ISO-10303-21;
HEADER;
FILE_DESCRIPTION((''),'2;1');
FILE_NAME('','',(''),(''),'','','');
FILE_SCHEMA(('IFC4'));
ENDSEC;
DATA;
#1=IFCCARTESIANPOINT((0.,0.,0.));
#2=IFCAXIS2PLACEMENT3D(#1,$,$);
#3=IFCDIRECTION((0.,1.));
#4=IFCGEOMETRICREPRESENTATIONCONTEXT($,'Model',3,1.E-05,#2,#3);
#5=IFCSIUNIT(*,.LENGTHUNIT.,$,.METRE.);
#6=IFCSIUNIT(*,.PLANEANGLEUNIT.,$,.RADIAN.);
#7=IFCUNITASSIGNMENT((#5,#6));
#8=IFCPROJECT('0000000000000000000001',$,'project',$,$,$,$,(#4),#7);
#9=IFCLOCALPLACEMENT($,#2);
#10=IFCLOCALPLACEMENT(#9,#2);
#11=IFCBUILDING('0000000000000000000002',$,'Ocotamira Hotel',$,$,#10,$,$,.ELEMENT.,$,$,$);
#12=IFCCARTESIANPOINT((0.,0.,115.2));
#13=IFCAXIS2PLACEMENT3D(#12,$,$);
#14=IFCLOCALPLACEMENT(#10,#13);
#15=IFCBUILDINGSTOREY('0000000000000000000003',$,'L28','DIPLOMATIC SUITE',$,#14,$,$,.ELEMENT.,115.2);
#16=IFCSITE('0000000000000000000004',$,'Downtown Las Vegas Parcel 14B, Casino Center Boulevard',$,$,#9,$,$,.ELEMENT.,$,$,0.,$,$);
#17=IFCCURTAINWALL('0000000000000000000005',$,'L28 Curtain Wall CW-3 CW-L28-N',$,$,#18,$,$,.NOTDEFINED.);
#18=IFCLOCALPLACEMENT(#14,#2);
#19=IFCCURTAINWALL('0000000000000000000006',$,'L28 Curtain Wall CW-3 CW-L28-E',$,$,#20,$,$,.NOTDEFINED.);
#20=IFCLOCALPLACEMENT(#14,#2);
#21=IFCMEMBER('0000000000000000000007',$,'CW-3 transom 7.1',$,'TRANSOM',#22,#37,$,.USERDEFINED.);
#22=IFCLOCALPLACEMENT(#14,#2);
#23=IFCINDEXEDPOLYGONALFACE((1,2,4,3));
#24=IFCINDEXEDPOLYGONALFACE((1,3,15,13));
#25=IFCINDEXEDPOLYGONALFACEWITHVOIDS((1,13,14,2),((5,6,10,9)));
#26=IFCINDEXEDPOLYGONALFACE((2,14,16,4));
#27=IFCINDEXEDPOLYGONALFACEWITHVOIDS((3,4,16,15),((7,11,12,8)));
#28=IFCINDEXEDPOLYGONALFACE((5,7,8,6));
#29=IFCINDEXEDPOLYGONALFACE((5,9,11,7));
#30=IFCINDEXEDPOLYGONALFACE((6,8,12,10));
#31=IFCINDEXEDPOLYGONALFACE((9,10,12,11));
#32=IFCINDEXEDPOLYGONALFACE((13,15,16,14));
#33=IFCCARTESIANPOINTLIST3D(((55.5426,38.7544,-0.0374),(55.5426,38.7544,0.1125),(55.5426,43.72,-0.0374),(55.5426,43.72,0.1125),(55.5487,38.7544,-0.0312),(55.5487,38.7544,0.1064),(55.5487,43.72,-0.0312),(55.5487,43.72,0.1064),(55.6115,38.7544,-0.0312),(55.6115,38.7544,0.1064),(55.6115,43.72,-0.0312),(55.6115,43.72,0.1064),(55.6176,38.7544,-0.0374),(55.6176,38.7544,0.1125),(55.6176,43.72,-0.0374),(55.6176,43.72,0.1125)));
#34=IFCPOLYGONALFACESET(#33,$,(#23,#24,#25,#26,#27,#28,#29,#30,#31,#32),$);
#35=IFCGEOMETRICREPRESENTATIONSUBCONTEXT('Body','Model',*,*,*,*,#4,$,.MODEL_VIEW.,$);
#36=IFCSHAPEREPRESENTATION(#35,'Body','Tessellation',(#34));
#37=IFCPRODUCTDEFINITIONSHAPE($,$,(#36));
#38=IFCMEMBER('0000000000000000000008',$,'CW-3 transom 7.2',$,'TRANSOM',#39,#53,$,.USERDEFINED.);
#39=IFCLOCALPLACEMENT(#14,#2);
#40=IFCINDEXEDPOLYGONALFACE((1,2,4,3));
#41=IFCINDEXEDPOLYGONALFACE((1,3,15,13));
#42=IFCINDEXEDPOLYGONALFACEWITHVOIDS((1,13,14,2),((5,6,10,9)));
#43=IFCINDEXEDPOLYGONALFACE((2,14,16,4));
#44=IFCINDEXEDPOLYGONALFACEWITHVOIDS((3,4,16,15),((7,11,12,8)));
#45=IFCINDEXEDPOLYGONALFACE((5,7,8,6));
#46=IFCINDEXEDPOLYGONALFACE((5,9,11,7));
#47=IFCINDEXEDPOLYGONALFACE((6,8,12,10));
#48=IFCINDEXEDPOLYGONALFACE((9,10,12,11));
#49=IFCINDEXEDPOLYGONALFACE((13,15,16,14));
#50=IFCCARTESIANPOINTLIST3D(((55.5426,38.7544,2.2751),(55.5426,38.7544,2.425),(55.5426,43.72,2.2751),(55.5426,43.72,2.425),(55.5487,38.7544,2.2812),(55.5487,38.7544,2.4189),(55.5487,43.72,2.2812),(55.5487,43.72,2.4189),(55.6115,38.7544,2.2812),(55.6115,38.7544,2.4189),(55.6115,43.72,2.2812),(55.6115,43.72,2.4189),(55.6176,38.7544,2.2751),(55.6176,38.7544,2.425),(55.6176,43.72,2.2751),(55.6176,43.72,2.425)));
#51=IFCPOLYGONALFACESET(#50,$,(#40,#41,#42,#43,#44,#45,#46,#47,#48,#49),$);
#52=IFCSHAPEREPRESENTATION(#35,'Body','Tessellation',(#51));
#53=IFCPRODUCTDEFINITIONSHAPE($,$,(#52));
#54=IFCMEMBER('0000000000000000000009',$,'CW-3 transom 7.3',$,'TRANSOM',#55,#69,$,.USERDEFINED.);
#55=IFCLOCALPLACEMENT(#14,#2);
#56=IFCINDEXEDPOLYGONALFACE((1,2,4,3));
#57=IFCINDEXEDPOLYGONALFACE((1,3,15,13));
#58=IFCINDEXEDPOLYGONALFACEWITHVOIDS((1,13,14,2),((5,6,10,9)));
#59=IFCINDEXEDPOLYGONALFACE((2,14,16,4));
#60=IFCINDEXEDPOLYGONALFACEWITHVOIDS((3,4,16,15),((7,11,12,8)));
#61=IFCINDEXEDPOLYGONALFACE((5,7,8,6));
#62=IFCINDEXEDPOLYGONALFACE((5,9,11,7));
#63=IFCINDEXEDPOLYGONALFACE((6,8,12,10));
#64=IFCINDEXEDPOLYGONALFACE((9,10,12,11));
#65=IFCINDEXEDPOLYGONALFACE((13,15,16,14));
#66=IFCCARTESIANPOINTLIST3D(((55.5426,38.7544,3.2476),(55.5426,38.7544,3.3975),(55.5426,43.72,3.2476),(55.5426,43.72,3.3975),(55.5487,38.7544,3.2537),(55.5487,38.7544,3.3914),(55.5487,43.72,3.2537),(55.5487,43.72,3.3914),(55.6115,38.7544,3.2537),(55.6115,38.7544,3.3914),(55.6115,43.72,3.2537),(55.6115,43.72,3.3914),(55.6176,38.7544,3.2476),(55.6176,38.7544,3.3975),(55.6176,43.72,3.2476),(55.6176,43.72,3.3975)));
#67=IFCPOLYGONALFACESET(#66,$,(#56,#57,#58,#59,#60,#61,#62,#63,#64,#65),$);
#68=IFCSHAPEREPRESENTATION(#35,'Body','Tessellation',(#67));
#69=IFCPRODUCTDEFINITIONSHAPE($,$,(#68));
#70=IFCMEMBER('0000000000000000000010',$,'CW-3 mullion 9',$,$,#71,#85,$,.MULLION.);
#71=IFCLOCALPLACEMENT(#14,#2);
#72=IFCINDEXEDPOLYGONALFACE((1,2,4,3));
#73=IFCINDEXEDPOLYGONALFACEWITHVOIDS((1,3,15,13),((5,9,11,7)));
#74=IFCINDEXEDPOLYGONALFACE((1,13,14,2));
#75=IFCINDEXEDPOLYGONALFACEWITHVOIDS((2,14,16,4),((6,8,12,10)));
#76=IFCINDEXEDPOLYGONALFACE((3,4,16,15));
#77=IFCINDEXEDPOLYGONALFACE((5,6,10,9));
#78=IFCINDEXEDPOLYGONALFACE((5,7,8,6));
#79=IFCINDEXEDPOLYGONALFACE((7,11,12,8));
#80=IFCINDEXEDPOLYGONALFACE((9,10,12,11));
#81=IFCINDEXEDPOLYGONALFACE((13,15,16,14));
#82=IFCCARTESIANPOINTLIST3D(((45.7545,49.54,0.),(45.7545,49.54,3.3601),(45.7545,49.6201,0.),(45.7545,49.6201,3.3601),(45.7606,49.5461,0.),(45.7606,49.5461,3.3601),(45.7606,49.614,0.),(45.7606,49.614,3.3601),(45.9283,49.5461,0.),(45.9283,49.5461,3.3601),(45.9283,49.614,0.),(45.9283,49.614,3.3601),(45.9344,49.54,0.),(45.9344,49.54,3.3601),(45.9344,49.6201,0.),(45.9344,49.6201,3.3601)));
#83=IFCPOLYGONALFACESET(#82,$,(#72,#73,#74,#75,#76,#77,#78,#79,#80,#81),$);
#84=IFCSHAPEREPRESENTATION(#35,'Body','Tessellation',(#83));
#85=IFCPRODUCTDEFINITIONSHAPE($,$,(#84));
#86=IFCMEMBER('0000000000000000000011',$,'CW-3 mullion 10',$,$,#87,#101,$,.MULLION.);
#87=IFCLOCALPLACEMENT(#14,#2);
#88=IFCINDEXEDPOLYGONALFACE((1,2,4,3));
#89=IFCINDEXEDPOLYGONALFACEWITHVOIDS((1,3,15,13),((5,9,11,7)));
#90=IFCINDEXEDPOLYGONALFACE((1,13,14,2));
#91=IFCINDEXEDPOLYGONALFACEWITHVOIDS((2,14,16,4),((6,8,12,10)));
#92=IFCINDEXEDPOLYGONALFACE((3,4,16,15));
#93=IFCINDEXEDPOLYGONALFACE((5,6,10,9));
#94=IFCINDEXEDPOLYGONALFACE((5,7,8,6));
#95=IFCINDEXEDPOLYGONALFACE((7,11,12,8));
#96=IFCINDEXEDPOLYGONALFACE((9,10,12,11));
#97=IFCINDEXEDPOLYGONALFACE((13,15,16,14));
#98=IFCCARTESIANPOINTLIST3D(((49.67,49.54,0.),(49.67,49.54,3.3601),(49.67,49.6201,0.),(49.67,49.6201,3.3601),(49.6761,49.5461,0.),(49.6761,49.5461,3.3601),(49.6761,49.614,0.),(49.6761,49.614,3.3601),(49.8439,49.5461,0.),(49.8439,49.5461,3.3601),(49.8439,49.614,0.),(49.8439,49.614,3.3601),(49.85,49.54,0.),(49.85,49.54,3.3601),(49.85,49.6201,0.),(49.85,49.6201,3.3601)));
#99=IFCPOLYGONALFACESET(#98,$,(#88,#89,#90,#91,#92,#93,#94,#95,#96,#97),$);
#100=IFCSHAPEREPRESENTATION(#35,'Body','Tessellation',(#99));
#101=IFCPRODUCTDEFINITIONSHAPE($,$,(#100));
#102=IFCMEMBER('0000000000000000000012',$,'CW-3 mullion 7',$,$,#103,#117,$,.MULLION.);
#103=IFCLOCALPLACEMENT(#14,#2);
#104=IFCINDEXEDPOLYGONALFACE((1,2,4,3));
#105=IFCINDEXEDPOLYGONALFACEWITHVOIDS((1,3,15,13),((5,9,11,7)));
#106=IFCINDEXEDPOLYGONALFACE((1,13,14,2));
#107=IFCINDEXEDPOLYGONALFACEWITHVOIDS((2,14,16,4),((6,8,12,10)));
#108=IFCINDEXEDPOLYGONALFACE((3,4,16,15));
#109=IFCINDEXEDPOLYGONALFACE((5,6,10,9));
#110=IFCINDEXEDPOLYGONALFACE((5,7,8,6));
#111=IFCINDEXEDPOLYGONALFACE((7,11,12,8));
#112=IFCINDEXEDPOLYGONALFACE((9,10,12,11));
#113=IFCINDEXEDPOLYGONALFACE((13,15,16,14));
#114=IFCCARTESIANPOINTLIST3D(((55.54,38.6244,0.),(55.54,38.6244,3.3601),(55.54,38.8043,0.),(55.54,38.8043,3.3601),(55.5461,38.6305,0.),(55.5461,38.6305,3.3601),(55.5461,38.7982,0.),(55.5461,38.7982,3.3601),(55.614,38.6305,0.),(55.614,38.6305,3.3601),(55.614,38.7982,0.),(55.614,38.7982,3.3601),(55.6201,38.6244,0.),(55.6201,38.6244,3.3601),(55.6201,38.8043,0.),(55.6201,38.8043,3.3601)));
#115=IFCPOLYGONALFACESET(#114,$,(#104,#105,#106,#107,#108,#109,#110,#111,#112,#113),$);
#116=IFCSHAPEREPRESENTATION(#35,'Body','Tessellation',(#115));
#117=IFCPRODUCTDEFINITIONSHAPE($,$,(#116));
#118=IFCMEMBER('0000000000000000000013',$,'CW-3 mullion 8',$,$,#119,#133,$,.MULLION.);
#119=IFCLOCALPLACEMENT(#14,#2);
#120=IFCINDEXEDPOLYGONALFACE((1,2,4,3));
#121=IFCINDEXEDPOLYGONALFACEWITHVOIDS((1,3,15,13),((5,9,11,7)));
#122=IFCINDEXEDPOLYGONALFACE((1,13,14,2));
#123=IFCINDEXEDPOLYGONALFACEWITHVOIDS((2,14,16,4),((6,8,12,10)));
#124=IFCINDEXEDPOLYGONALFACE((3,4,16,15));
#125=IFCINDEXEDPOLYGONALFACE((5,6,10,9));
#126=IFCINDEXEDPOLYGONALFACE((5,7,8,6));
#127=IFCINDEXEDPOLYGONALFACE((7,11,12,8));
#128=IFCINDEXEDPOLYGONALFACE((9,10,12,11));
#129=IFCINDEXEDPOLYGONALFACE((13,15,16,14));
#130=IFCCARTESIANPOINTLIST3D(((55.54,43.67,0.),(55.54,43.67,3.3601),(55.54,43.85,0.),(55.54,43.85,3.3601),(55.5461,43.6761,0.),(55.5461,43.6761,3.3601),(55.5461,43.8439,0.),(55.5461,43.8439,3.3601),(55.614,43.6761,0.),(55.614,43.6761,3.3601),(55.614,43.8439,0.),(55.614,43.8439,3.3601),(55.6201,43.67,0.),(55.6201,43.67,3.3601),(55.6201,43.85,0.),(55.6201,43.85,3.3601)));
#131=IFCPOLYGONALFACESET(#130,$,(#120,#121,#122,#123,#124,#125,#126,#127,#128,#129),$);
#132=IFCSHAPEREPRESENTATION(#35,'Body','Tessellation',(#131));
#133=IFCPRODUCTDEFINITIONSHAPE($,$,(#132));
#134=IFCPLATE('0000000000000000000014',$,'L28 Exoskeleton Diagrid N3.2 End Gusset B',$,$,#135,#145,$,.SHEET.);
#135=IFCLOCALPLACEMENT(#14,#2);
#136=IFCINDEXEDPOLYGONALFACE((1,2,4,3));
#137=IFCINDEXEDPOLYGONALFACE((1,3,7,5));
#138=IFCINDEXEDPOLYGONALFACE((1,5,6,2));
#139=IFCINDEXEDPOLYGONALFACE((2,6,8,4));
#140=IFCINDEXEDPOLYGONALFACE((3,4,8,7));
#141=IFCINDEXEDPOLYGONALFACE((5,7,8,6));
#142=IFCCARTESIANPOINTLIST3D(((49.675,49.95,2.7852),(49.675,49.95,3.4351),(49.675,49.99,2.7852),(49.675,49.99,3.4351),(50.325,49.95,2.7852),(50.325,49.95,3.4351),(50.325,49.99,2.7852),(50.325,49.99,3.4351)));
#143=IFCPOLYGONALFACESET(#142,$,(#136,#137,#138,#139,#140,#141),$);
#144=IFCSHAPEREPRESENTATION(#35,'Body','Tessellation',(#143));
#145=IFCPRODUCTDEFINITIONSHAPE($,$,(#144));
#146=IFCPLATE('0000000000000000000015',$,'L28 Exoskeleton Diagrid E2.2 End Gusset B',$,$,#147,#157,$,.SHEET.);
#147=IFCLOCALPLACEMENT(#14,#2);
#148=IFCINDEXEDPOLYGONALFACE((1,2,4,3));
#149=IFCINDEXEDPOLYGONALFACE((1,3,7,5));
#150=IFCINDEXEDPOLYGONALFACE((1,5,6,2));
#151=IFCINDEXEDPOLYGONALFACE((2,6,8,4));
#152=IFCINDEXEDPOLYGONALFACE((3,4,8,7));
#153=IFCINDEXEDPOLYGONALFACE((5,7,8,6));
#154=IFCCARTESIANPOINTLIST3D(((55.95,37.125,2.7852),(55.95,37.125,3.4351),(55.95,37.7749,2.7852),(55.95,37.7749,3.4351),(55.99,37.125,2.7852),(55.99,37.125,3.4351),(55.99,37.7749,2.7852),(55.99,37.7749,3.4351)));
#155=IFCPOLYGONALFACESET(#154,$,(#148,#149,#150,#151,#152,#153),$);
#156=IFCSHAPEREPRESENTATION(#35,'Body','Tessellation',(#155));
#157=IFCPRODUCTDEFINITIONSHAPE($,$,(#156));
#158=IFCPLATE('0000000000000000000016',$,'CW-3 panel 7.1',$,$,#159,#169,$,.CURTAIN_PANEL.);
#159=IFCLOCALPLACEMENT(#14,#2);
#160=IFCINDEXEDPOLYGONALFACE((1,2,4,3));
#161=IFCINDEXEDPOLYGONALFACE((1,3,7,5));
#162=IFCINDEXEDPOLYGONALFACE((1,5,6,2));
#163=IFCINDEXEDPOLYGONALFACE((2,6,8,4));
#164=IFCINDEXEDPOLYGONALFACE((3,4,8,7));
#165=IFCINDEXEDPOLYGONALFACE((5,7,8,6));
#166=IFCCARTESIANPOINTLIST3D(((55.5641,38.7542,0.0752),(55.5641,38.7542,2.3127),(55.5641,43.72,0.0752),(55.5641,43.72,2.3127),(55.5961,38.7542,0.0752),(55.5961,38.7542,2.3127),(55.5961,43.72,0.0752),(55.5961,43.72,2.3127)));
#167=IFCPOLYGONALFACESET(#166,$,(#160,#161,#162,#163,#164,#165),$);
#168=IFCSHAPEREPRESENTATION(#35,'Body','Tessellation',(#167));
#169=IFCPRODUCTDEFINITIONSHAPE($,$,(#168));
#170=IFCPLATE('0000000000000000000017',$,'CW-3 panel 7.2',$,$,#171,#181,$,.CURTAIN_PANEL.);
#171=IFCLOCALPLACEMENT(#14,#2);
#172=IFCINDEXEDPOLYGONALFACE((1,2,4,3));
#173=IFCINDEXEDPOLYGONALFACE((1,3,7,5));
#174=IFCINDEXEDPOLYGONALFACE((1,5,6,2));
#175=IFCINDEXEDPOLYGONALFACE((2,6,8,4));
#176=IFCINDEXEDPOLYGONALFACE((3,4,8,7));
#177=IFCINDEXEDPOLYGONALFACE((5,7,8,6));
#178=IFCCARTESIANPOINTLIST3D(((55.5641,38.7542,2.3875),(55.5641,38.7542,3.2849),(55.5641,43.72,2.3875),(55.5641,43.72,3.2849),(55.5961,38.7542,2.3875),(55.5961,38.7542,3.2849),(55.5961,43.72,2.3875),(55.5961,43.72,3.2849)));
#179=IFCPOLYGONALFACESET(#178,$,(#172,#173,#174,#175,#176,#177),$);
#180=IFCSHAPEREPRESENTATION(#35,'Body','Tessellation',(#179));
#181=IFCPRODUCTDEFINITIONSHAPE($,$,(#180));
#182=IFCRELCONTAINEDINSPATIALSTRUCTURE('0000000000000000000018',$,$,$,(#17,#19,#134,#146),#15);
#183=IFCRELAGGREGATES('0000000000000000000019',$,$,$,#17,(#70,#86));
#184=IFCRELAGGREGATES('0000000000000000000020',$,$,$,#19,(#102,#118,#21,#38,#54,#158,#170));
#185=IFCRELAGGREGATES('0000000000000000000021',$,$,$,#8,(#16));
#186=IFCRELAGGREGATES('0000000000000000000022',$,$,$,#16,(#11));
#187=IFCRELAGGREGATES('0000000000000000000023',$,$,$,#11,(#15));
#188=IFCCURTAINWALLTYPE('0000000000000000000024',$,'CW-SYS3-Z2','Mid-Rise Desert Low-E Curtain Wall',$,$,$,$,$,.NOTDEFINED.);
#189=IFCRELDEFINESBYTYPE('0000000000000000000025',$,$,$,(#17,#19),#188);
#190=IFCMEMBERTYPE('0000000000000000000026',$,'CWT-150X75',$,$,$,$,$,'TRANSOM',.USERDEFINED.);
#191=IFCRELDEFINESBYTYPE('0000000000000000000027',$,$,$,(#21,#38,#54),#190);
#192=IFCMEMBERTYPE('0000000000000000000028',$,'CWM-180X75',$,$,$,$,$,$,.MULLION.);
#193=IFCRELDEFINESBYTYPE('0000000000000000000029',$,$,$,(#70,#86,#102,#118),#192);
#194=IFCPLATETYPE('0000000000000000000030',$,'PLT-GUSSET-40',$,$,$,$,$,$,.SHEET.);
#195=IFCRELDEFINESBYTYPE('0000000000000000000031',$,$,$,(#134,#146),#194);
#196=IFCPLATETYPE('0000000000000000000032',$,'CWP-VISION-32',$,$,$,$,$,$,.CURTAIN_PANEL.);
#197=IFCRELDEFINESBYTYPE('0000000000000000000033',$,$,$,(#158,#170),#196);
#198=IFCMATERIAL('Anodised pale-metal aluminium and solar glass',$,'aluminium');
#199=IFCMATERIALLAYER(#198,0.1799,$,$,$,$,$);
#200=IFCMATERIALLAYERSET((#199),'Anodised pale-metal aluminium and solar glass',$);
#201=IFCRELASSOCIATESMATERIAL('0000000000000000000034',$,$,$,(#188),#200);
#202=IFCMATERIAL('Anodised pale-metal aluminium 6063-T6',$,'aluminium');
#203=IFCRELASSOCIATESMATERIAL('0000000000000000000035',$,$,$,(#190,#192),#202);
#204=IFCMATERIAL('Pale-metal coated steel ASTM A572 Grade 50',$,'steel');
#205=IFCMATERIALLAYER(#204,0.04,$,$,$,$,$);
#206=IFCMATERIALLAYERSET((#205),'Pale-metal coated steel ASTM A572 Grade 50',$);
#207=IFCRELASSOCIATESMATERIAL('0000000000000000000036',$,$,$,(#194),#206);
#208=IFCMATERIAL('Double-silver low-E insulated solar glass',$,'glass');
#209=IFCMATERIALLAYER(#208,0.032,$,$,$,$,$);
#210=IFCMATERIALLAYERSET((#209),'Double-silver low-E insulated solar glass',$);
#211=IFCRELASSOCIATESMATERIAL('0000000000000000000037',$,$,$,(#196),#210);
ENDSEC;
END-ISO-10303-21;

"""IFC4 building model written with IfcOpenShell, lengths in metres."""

from ifc_helpers import new_model, si_unit, direction, frame, origin, origin_2d, place, context, subcontext, project, spatial, rectangle, hollow_rectangle, extrude, source, transform, mapped, material, layer, layer_set, material_profile, profile_set, type_object, element, aggregate, save


model = new_model("IFC4")

# Units and contexts
model_context = context("Model", 3, precision=1e-05, world=origin(), true_north=direction((0.0, 1.0)))
body_context = subcontext(model_context, "Body", "Model", "MODEL_VIEW")
ifc_project = project(units=[si_unit("LENGTHUNIT", "METRE"), si_unit("PLANEANGLEUNIT", "RADIAN")], contexts=[model_context])

# Site, building, storey
site_placement = place(None, origin())
site = spatial("IfcSite", under=ifc_project, at=site_placement, Name="Downtown Las Vegas Parcel 14B, Casino Center Boulevard", CompositionType="ELEMENT", RefElevation=0.0)
building_placement = place(site_placement, origin())
building = spatial("IfcBuilding", under=site, at=building_placement, Name="Ocotamira Hotel", CompositionType="ELEMENT")
storey_placement = place(building_placement, frame((0.0, 0.0, 115.2)))
storey = spatial("IfcBuildingStorey", under=building, at=storey_placement, Name="L28", Description="DIPLOMATIC SUITE", CompositionType="ELEMENT", Elevation=115.2)

# Curtain walls, members
ifc_material_1 = material(Name="Anodised pale-metal aluminium and solar glass", Category="aluminium")
ifc_layer_1 = layer(ifc_material_1, 0.1799)
ifc_layer_set_1 = layer_set([ifc_layer_1], Name="Anodised pale-metal aluminium and solar glass")
curtain_wall_type = type_object("IfcCurtainWallType", Name="CW-SYS3-Z2", Description="Mid-Rise Desert Low-E Curtain Wall", PredefinedType="NOTDEFINED", material=ifc_layer_set_1)
curtain_wall_1_placement = place(storey_placement, origin())
curtain_wall_1 = element("IfcCurtainWall", 1, at=curtain_wall_1_placement, inside=storey, type_object=curtain_wall_type, Name="L28 Curtain Wall CW-3 CW-L28-N", PredefinedType="NOTDEFINED")
ifc_material_2 = material(Name="Anodised pale-metal aluminium 6063-T6", Category="aluminium")
ifc_material_profile_1 = material_profile(ifc_material_2, hollow_rectangle(XDim=0.075, YDim=0.1499, WallThickness=0.0061, at=origin_2d()), Name="HSS150X75X6")
ifc_profile_set_1 = profile_set([ifc_material_profile_1], Name="Anodised pale-metal aluminium 6063-T6")
member_type_1 = type_object("IfcMemberType", Name="CWT-150X75", ElementType="TRANSOM", PredefinedType="USERDEFINED", material=ifc_profile_set_1)
curtain_wall_2_placement = place(storey_placement, origin())
curtain_wall_2 = element("IfcCurtainWall", 2, at=curtain_wall_2_placement, inside=storey, type_object=curtain_wall_type, Name="L28 Curtain Wall CW-3 CW-L28-E", PredefinedType="NOTDEFINED")
shared_shape_1 = source(origin(), body_context, "Body", "SweptSolid", [
    extrude(hollow_rectangle(XDim=0.075, YDim=0.1499, WallThickness=0.0061, at=origin_2d()), origin(), (0.0, 0.0, 1.0), 4.9656),
])
member_1_placement = place(storey_placement, frame((55.5801, 38.7544, 0.0376), z_axis=(0.0, 1.0, 0.0), x_axis=(-1.0, 0.0, 0.0)))
member_1 = element("IfcMember", 3, at=member_1_placement, type_object=member_type_1, Name="CW-3 transom 7.1", ObjectType="TRANSOM", PredefinedType="USERDEFINED", context=body_context, shape_type="MappedRepresentation", body=[
    mapped(shared_shape_1, transform((0.0, 0.0, 0.0), scale=1.0)),
])
member_2_placement = place(storey_placement, frame((55.5801, 38.7544, 2.3501), z_axis=(0.0, 1.0, 0.0), x_axis=(-1.0, 0.0, 0.0)))
member_2 = element("IfcMember", 4, at=member_2_placement, type_object=member_type_1, Name="CW-3 transom 7.2", ObjectType="TRANSOM", PredefinedType="USERDEFINED", context=body_context, shape_type="MappedRepresentation", body=[
    mapped(shared_shape_1, transform((0.0, 0.0, 0.0), scale=1.0)),
])
member_3_placement = place(storey_placement, frame((55.5801, 38.7544, 3.3225), z_axis=(0.0, 1.0, 0.0), x_axis=(-1.0, 0.0, 0.0)))
member_3 = element("IfcMember", 5, at=member_3_placement, type_object=member_type_1, Name="CW-3 transom 7.3", ObjectType="TRANSOM", PredefinedType="USERDEFINED", context=body_context, shape_type="MappedRepresentation", body=[
    mapped(shared_shape_1, transform((0.0, 0.0, 0.0), scale=1.0)),
])

# Members
ifc_material_profile_2 = material_profile(ifc_material_2, hollow_rectangle(XDim=0.0801, YDim=0.1799, WallThickness=0.0061, at=origin_2d()), Name="HSS180X80X6")
ifc_profile_set_2 = profile_set([ifc_material_profile_2], Name="Anodised pale-metal aluminium 6063-T6")
member_type_2 = type_object("IfcMemberType", Name="CWM-180X75", PredefinedType="MULLION", material=ifc_profile_set_2)
shared_shape_2 = source(origin(), body_context, "Body", "SweptSolid", [
    extrude(hollow_rectangle(XDim=0.0801, YDim=0.1799, WallThickness=0.0061, at=origin_2d()), origin(), (0.0, 0.0, 1.0), 3.3601),
])
member_4_placement = place(storey_placement, frame((45.8445, 49.5801, 0.0), z_axis=(0.0, 0.0, 1.0), x_axis=(0.0, 1.0, 0.0)))
member_4 = element("IfcMember", 6, at=member_4_placement, type_object=member_type_2, Name="CW-3 mullion 9", PredefinedType="MULLION", context=body_context, shape_type="MappedRepresentation", body=[
    mapped(shared_shape_2, transform((0.0, 0.0, 0.0), scale=1.0)),
])
member_5_placement = place(storey_placement, frame((49.76, 49.5801, 0.0), z_axis=(0.0, 0.0, 1.0), x_axis=(0.0, 1.0, 0.0)))
member_5 = element("IfcMember", 7, at=member_5_placement, type_object=member_type_2, Name="CW-3 mullion 10", PredefinedType="MULLION", context=body_context, shape_type="MappedRepresentation", body=[
    mapped(shared_shape_2, transform((0.0, 0.0, 0.0), scale=1.0)),
])
member_6_placement = place(storey_placement, frame((55.5801, 38.7144, 0.0), z_axis=(0.0, 0.0, 1.0), x_axis=(-1.0, 0.0, 0.0)))
member_6 = element("IfcMember", 8, at=member_6_placement, type_object=member_type_2, Name="CW-3 mullion 7", PredefinedType="MULLION", context=body_context, shape_type="MappedRepresentation", body=[
    mapped(shared_shape_2, transform((0.0, 0.0, 0.0), scale=1.0)),
])
member_7_placement = place(storey_placement, frame((55.5801, 43.76, 0.0), z_axis=(0.0, 0.0, 1.0), x_axis=(-1.0, 0.0, 0.0)))
member_7 = element("IfcMember", 9, at=member_7_placement, type_object=member_type_2, Name="CW-3 mullion 8", PredefinedType="MULLION", context=body_context, shape_type="MappedRepresentation", body=[
    mapped(shared_shape_2, transform((0.0, 0.0, 0.0), scale=1.0)),
])

# Plates
ifc_material_3 = material(Name="Pale-metal coated steel ASTM A572 Grade 50", Category="steel")
ifc_layer_2 = layer(ifc_material_3, 0.04)
ifc_layer_set_2 = layer_set([ifc_layer_2], Name="Pale-metal coated steel ASTM A572 Grade 50")
plate_type_1 = type_object("IfcPlateType", Name="PLT-GUSSET-40", PredefinedType="SHEET", material=ifc_layer_set_2)
shared_shape_3 = source(origin(), body_context, "Body", "SweptSolid", [
    extrude(rectangle(XDim=0.6499, YDim=0.04, at=origin_2d()), origin(), (0.0, 0.0, 1.0), 0.6499),
])
plate_1_placement = place(storey_placement, frame((50.0, 49.97, 2.7852), z_axis=(0.0, 0.0, 1.0), x_axis=(1.0, 0.0, 0.0)))
element("IfcPlate", 10, at=plate_1_placement, inside=storey, type_object=plate_type_1, Name="L28 Exoskeleton Diagrid N3.2 End Gusset B", PredefinedType="SHEET", context=body_context, shape_type="MappedRepresentation", body=[
    mapped(shared_shape_3, transform((0.0, 0.0, 0.0), scale=1.0)),
])
shared_shape_4 = source(origin(), body_context, "Body", "SweptSolid", [
    extrude(rectangle(XDim=0.04, YDim=0.6499, at=origin_2d()), origin(), (0.0, 0.0, 1.0), 0.6499),
])
plate_2_placement = place(storey_placement, frame((55.97, 37.45, 2.7852), z_axis=(0.0, 0.0, 1.0), x_axis=(1.0, 0.0, 0.0)))
element("IfcPlate", 11, at=plate_2_placement, inside=storey, type_object=plate_type_1, Name="L28 Exoskeleton Diagrid E2.2 End Gusset B", PredefinedType="SHEET", context=body_context, shape_type="MappedRepresentation", body=[
    mapped(shared_shape_4, transform((0.0, 0.0, 0.0), scale=1.0)),
])

# Plates
ifc_material_4 = material(Name="Double-silver low-E insulated solar glass", Category="glass")
ifc_layer_3 = layer(ifc_material_4, 0.032)
ifc_layer_set_3 = layer_set([ifc_layer_3], Name="Double-silver low-E insulated solar glass")
plate_type_2 = type_object("IfcPlateType", Name="CWP-VISION-32", PredefinedType="CURTAIN_PANEL", material=ifc_layer_set_3)
shared_shape_5 = source(origin(), body_context, "Body", "SweptSolid", [
    extrude(rectangle(XDim=4.9658, YDim=0.032, at=origin_2d()), origin(), (0.0, 0.0, 1.0), 2.2375),
])
plate_3_placement = place(storey_placement, frame((55.5801, 41.2371, 0.0752), z_axis=(0.0, 0.0, 1.0), x_axis=(0.0, 1.0, 0.0)))
plate_3 = element("IfcPlate", 12, at=plate_3_placement, type_object=plate_type_2, Name="CW-3 panel 7.1", PredefinedType="CURTAIN_PANEL", context=body_context, shape_type="MappedRepresentation", body=[
    mapped(shared_shape_5, transform((0.0, 0.0, 0.0), scale=1.0)),
])
shared_shape_6 = source(origin(), body_context, "Body", "SweptSolid", [
    extrude(rectangle(XDim=4.9658, YDim=0.032, at=origin_2d()), origin(), (0.0, 0.0, 1.0), 0.8975),
])
plate_4_placement = place(storey_placement, frame((55.5801, 41.2371, 2.3875), z_axis=(0.0, 0.0, 1.0), x_axis=(0.0, 1.0, 0.0)))
plate_4 = element("IfcPlate", 13, at=plate_4_placement, type_object=plate_type_2, Name="CW-3 panel 7.2", PredefinedType="CURTAIN_PANEL", context=body_context, shape_type="MappedRepresentation", body=[
    mapped(shared_shape_6, transform((0.0, 0.0, 0.0), scale=1.0)),
])
aggregate(curtain_wall_1, [member_4, member_5])
aggregate(curtain_wall_2, [member_6, member_7, member_1, member_2, member_3, plate_3, plate_4])

save(model, "model.ifc")
